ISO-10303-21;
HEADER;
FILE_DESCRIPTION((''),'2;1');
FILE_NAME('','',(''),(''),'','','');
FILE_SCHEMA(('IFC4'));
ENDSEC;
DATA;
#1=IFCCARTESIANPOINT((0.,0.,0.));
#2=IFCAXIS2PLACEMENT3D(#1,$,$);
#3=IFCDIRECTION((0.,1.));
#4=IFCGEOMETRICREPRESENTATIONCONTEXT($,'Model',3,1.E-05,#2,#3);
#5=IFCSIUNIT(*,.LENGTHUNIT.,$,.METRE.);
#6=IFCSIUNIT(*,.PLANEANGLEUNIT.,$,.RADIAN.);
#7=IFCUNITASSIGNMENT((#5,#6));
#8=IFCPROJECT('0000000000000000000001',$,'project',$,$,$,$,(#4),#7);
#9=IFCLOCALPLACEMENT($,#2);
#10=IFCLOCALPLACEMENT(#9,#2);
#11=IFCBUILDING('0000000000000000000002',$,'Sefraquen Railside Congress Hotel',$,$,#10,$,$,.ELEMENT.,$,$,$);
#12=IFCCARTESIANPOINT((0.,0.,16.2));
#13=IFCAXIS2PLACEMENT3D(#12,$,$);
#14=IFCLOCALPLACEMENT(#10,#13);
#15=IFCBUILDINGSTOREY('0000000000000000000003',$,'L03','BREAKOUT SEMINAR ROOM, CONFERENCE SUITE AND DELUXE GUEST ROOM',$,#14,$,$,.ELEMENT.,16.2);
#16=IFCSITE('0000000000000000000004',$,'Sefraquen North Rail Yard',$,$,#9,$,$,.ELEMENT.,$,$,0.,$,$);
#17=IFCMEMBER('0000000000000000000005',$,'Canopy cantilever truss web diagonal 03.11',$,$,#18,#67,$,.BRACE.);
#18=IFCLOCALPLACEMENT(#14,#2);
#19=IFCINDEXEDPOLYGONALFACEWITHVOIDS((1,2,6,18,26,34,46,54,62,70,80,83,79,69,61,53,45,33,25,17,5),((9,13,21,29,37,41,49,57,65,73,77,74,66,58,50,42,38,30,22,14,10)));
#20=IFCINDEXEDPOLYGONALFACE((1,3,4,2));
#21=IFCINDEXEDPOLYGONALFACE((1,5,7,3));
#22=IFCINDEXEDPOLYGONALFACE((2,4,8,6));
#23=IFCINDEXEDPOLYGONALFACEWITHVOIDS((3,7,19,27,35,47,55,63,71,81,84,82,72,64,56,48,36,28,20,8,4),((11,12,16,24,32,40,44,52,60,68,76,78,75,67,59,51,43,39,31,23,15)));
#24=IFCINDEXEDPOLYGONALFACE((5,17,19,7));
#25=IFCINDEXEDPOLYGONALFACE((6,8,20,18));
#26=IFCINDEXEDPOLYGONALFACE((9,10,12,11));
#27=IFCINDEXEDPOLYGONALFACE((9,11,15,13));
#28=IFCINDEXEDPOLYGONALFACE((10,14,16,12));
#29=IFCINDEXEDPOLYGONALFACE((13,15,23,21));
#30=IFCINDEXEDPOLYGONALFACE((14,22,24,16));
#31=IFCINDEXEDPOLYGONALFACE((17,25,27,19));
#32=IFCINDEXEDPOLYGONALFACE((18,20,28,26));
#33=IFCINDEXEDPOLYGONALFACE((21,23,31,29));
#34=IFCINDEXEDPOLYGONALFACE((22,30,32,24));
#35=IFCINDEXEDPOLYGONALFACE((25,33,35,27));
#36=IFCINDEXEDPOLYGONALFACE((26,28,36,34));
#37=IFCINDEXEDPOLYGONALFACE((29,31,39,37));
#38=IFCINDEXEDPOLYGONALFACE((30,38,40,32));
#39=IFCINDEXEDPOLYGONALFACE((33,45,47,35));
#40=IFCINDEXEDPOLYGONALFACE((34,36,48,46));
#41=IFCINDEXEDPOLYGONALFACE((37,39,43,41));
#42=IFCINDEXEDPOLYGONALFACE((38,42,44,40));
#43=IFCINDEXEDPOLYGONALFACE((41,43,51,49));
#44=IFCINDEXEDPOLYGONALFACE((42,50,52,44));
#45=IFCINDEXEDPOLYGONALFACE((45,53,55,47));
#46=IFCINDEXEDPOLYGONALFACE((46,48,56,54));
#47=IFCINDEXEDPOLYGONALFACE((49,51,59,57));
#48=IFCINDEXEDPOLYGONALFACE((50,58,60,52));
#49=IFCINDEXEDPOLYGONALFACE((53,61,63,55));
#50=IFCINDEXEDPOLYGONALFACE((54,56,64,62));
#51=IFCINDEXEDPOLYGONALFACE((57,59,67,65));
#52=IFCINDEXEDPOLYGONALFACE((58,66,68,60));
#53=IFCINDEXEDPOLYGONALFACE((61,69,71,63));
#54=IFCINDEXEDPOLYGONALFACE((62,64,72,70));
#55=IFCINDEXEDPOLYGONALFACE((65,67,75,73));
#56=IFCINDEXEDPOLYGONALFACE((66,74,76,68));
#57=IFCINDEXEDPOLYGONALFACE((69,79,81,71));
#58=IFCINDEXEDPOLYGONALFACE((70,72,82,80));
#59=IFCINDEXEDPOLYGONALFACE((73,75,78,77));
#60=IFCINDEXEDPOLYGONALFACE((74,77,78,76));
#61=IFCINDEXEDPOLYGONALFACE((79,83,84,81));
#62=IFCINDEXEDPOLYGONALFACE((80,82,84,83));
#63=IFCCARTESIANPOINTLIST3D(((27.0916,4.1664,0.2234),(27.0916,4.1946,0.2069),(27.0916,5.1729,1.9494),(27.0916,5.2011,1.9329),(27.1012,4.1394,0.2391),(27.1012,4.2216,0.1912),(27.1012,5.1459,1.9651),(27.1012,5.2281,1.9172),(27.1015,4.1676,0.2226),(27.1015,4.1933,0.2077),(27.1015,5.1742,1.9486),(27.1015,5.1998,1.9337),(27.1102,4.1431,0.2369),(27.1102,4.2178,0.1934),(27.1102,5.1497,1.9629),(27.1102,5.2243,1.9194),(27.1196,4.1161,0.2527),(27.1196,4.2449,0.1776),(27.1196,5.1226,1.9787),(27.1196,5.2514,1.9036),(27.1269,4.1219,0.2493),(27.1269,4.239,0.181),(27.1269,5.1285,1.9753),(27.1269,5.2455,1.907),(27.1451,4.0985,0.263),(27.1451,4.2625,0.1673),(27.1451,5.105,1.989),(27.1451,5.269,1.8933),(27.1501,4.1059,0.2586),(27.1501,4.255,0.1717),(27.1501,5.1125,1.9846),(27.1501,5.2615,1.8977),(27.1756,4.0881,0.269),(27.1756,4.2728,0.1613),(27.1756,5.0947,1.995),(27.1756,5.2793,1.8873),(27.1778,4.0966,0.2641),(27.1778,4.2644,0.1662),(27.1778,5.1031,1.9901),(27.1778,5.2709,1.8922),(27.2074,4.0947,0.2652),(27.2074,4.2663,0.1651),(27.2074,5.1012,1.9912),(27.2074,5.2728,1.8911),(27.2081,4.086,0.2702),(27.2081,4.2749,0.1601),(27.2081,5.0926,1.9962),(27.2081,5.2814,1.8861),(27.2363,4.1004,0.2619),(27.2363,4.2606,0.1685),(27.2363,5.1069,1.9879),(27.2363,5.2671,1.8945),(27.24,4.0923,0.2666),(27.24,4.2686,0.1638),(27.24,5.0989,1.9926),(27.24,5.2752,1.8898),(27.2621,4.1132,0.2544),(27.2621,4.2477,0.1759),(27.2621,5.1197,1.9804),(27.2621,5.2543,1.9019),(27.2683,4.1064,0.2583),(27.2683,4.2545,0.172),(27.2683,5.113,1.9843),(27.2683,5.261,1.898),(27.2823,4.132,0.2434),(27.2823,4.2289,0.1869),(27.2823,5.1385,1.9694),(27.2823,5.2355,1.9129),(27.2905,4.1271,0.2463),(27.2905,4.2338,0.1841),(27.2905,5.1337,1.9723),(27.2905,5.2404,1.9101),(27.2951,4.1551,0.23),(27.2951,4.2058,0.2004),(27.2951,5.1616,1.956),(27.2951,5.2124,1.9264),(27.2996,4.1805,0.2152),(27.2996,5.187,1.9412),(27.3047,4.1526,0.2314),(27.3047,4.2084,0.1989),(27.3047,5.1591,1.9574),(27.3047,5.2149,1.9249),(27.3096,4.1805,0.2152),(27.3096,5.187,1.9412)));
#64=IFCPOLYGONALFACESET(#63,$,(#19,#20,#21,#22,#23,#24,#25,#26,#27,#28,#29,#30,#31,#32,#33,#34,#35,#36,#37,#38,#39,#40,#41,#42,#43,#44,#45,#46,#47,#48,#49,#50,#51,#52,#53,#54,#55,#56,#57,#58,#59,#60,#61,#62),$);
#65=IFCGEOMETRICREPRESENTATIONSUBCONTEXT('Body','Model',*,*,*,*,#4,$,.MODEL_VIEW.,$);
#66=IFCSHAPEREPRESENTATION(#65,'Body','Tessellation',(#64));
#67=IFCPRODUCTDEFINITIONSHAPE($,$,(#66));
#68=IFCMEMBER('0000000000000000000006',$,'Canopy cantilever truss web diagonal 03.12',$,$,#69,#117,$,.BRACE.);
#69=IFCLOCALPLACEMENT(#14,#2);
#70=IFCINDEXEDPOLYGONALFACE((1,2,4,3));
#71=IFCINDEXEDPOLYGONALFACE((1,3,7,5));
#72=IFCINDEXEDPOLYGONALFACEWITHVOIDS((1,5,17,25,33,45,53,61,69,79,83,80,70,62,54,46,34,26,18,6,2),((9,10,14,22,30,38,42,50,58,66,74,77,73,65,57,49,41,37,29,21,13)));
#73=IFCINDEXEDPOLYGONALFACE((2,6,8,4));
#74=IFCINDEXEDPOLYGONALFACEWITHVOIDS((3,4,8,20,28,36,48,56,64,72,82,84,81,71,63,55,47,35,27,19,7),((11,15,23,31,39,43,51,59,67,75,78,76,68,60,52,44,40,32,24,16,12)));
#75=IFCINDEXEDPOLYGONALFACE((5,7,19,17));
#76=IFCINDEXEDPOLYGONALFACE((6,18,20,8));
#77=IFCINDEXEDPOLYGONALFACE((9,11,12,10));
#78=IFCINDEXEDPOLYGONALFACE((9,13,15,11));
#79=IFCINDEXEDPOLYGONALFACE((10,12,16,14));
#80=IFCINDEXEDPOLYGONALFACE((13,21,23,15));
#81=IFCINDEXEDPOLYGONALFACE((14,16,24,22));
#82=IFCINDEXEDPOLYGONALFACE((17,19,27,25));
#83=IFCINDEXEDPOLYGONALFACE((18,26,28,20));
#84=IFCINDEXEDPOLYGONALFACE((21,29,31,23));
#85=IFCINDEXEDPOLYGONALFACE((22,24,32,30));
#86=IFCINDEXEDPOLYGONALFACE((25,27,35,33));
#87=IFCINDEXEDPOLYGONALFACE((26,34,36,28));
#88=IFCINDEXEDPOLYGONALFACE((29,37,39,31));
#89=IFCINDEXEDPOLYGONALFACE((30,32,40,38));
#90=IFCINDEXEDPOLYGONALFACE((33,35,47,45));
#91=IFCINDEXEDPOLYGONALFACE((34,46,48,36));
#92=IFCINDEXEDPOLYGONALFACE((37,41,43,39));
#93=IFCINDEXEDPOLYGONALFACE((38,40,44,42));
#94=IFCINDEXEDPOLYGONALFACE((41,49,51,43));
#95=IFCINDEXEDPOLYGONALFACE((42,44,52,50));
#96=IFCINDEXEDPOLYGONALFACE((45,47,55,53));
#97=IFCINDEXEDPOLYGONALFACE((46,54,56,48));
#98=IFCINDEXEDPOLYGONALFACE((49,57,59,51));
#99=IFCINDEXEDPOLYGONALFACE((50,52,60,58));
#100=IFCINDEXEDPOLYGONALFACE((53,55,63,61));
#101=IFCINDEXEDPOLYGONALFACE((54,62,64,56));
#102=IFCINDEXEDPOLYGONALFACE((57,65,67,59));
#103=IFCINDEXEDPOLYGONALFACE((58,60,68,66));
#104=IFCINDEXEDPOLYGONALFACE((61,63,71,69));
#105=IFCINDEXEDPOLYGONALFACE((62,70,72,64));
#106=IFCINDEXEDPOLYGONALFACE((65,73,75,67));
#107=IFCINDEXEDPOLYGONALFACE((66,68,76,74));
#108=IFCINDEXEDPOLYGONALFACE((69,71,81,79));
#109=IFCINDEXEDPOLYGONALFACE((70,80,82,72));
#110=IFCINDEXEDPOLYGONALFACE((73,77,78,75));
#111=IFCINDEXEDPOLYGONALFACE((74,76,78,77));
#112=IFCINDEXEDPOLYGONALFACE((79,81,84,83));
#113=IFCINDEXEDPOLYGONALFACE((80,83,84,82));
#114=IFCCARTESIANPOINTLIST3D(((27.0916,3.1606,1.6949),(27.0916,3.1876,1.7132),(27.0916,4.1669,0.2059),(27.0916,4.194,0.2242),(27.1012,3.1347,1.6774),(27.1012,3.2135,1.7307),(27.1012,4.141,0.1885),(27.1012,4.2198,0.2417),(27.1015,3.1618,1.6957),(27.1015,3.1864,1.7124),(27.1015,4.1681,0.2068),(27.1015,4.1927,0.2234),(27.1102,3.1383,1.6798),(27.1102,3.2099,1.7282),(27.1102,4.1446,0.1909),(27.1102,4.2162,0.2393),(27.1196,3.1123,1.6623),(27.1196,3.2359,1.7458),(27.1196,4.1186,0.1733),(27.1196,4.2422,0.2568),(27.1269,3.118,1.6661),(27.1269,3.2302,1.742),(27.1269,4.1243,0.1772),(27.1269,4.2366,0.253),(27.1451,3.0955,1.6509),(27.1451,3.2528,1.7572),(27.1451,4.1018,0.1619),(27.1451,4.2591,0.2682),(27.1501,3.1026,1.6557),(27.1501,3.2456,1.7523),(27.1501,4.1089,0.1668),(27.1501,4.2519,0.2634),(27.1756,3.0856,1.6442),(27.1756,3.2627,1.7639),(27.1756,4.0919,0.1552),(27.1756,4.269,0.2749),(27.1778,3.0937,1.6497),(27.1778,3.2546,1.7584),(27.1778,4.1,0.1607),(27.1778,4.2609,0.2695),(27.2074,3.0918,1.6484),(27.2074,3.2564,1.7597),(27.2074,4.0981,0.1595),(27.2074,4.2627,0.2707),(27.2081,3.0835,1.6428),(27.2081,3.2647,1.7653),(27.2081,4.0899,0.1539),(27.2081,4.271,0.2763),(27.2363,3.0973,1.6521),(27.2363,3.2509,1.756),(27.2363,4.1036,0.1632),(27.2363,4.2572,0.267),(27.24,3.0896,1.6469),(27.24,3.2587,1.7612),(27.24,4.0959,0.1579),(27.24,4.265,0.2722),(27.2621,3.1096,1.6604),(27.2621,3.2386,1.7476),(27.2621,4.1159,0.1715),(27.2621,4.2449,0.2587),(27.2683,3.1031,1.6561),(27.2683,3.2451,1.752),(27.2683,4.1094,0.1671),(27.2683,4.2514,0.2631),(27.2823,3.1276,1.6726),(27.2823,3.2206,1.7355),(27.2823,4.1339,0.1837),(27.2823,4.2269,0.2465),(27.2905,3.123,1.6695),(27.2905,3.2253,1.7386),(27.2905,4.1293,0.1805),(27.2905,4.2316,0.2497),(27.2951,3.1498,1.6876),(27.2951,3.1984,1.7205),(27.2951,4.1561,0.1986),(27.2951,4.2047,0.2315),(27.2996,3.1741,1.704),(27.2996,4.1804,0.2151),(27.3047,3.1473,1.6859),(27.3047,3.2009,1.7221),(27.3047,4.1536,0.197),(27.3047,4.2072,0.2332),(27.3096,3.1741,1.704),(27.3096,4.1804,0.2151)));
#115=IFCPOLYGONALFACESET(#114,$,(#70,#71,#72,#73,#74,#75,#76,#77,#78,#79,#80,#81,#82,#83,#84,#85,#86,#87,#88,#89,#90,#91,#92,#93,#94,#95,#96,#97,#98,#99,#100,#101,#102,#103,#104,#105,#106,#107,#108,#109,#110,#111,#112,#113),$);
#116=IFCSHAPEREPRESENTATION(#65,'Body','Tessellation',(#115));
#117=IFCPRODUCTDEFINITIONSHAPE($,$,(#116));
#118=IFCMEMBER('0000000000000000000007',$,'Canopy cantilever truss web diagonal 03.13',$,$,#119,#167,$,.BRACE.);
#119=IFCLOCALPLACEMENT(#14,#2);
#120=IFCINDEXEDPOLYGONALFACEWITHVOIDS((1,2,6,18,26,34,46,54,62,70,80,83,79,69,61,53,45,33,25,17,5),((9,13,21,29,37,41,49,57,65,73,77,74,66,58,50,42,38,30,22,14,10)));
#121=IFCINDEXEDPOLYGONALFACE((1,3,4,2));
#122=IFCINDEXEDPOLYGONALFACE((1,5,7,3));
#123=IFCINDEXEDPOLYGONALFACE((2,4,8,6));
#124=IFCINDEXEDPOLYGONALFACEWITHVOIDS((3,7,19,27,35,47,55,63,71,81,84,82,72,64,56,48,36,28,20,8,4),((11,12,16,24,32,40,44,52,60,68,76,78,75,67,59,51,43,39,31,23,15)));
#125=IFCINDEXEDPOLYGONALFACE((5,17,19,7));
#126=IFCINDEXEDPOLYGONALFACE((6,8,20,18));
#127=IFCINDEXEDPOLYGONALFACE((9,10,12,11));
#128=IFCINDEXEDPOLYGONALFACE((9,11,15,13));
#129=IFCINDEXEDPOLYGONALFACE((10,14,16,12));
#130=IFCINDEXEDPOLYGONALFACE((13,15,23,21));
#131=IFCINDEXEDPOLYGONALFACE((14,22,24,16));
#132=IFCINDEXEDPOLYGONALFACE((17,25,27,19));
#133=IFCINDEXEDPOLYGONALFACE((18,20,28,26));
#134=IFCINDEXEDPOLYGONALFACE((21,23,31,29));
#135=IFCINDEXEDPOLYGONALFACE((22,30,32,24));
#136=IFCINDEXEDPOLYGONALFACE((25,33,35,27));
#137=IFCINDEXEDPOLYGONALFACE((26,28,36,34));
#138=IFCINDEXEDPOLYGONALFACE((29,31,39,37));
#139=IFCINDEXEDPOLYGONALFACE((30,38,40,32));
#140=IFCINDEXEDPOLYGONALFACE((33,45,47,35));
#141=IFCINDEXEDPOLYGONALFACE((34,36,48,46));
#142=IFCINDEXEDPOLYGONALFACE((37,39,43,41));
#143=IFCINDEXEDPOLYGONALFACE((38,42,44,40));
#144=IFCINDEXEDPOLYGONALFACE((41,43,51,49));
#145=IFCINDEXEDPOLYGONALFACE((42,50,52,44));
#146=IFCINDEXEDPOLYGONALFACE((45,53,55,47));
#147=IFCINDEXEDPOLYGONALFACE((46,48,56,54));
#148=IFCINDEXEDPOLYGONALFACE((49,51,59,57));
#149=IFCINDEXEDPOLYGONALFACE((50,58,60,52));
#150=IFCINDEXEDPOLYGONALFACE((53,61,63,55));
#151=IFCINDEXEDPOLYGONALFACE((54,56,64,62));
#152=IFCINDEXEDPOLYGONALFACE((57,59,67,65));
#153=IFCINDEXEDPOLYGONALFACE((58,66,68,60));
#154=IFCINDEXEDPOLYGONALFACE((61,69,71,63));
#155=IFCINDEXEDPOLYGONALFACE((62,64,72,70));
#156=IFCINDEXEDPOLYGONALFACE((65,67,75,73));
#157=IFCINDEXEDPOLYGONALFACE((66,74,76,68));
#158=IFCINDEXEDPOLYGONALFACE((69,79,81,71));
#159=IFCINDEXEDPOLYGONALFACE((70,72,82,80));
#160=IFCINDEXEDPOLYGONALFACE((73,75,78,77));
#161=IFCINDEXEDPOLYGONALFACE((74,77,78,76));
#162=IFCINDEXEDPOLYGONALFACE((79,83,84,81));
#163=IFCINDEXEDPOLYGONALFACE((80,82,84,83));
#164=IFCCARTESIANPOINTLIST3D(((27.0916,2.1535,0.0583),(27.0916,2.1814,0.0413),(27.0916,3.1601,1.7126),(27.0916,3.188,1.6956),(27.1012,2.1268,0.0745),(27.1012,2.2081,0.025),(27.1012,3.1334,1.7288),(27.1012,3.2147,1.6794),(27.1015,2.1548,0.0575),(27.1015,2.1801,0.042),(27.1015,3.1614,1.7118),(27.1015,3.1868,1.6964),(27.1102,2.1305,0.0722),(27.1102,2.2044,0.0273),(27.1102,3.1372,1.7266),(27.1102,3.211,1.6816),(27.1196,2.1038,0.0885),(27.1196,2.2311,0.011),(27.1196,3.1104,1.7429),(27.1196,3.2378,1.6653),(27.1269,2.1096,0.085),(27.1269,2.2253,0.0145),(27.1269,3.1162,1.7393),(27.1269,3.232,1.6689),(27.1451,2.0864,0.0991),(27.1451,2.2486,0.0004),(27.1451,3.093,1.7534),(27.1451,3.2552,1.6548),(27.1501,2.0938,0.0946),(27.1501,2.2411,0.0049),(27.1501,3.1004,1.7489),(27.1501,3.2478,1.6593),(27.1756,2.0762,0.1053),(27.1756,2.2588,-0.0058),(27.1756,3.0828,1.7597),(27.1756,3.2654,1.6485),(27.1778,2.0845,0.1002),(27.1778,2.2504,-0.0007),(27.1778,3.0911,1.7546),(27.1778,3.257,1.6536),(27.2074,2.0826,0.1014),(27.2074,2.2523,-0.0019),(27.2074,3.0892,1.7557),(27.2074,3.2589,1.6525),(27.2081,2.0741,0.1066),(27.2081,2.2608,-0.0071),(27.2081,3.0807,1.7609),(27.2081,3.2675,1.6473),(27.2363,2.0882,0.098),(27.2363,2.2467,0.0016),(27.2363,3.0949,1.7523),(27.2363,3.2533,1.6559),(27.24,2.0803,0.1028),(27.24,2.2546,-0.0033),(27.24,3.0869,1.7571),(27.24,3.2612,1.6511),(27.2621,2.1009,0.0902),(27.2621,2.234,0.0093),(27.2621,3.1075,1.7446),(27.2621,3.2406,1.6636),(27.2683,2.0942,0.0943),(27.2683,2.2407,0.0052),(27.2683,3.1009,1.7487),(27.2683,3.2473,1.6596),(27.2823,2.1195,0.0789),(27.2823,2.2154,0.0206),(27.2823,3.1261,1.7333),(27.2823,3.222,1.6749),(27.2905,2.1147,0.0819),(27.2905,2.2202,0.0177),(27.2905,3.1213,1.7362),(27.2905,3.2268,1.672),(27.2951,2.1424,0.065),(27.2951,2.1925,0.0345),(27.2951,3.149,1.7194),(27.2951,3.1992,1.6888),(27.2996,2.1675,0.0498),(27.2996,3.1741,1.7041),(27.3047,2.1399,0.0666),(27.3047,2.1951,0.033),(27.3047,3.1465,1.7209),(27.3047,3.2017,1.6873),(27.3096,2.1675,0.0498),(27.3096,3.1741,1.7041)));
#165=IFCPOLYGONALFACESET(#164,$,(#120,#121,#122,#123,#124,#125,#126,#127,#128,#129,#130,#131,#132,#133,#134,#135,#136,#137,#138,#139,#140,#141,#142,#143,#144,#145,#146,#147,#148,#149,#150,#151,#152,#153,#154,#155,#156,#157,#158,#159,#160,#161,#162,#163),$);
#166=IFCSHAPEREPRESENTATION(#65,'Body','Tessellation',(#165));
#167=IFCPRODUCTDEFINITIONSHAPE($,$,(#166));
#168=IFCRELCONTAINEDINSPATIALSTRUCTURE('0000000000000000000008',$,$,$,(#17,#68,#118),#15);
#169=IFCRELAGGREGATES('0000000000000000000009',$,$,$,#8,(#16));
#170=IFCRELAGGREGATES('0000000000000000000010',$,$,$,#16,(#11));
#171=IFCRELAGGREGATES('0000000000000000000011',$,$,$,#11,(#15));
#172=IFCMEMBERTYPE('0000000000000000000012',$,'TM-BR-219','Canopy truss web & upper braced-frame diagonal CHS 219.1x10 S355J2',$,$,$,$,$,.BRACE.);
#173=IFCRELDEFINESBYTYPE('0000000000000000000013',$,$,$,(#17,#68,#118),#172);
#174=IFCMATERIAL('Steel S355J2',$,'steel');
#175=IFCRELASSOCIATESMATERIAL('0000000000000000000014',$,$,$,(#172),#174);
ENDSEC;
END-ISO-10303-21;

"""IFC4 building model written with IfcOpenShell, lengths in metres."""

from ifc_helpers import new_model, si_unit, direction, frame, origin, origin_2d, place, context, subcontext, project, spatial, hollow_circle, extrude, material, material_profile, profile_set, type_object, element, save


model = new_model("IFC4")

# Units and contexts
model_context = context("Model", 3, precision=1e-05, world=origin(), true_north=direction((0.0, 1.0)))
body_context = subcontext(model_context, "Body", "Model", "MODEL_VIEW")
ifc_project = project(units=[si_unit("LENGTHUNIT", "METRE"), si_unit("PLANEANGLEUNIT", "RADIAN")], contexts=[model_context])

# Site, building, storey
site_placement = place(None, origin())
site = spatial("IfcSite", under=ifc_project, at=site_placement, Name="Sefraquen North Rail Yard", CompositionType="ELEMENT", RefElevation=0.0)
building_placement = place(site_placement, origin())
building = spatial("IfcBuilding", under=site, at=building_placement, Name="Sefraquen Railside Congress Hotel", CompositionType="ELEMENT")
storey_placement = place(building_placement, frame((0.0, 0.0, 16.2)))
storey = spatial("IfcBuildingStorey", under=building, at=storey_placement, Name="L03", Description="BREAKOUT SEMINAR ROOM, CONFERENCE SUITE AND DELUXE GUEST ROOM", CompositionType="ELEMENT", Elevation=16.2)

# Members
ifc_material_1 = material(Name="Steel S355J2", Category="steel")
ifc_material_profile_1 = material_profile(ifc_material_1, hollow_circle(Radius=0.1096, WallThickness=0.01, at=origin_2d()), Name="CHS 219.1x10")
ifc_profile_set_1 = profile_set([ifc_material_profile_1], Name="Steel S355J2")
member_type_1 = type_object("IfcMemberType", Name="TM-BR-219", Description="Canopy truss web & upper braced-frame diagonal CHS 219.1x10 S355J2", PredefinedType="BRACE", material=ifc_profile_set_1)
member_1_placement = place(storey_placement, frame((27.2, 5.187, 1.9412), z_axis=(0.0, -0.503765, -0.863841), x_axis=(1.0, 0.0, 0.0)))
element("IfcMember", 1, at=member_1_placement, inside=storey, type_object=member_type_1, Name="Canopy cantilever truss web diagonal 03.11", PredefinedType="BRACE", context=body_context, shape_type="SweptSolid", body=[
    extrude(hollow_circle(Radius=0.1096, WallThickness=0.01, at=origin_2d()), origin(), (0.0, 0.0, 1.0), 1.998),
])
member_2_placement = place(storey_placement, frame((27.2, 4.1804, 0.2151), z_axis=(0.0, -0.559956, 0.828523), x_axis=(1.0, 0.0, 0.0)))
element("IfcMember", 2, at=member_2_placement, inside=storey, type_object=member_type_1, Name="Canopy cantilever truss web diagonal 03.12", PredefinedType="BRACE", context=body_context, shape_type="SweptSolid", body=[
    extrude(hollow_circle(Radius=0.1096, WallThickness=0.01, at=origin_2d()), origin(), (0.0, 0.0, 1.0), 1.7971),
])
member_3_placement = place(storey_placement, frame((27.2, 3.1741, 1.7041), z_axis=(0.0, -0.519807, -0.854284), x_axis=(1.0, 0.0, 0.0)))
element("IfcMember", 3, at=member_3_placement, inside=storey, type_object=member_type_1, Name="Canopy cantilever truss web diagonal 03.13", PredefinedType="BRACE", context=body_context, shape_type="SweptSolid", body=[
    extrude(hollow_circle(Radius=0.1096, WallThickness=0.01, at=origin_2d()), origin(), (0.0, 0.0, 1.0), 1.9365),
])

save(model, "model.ifc")
